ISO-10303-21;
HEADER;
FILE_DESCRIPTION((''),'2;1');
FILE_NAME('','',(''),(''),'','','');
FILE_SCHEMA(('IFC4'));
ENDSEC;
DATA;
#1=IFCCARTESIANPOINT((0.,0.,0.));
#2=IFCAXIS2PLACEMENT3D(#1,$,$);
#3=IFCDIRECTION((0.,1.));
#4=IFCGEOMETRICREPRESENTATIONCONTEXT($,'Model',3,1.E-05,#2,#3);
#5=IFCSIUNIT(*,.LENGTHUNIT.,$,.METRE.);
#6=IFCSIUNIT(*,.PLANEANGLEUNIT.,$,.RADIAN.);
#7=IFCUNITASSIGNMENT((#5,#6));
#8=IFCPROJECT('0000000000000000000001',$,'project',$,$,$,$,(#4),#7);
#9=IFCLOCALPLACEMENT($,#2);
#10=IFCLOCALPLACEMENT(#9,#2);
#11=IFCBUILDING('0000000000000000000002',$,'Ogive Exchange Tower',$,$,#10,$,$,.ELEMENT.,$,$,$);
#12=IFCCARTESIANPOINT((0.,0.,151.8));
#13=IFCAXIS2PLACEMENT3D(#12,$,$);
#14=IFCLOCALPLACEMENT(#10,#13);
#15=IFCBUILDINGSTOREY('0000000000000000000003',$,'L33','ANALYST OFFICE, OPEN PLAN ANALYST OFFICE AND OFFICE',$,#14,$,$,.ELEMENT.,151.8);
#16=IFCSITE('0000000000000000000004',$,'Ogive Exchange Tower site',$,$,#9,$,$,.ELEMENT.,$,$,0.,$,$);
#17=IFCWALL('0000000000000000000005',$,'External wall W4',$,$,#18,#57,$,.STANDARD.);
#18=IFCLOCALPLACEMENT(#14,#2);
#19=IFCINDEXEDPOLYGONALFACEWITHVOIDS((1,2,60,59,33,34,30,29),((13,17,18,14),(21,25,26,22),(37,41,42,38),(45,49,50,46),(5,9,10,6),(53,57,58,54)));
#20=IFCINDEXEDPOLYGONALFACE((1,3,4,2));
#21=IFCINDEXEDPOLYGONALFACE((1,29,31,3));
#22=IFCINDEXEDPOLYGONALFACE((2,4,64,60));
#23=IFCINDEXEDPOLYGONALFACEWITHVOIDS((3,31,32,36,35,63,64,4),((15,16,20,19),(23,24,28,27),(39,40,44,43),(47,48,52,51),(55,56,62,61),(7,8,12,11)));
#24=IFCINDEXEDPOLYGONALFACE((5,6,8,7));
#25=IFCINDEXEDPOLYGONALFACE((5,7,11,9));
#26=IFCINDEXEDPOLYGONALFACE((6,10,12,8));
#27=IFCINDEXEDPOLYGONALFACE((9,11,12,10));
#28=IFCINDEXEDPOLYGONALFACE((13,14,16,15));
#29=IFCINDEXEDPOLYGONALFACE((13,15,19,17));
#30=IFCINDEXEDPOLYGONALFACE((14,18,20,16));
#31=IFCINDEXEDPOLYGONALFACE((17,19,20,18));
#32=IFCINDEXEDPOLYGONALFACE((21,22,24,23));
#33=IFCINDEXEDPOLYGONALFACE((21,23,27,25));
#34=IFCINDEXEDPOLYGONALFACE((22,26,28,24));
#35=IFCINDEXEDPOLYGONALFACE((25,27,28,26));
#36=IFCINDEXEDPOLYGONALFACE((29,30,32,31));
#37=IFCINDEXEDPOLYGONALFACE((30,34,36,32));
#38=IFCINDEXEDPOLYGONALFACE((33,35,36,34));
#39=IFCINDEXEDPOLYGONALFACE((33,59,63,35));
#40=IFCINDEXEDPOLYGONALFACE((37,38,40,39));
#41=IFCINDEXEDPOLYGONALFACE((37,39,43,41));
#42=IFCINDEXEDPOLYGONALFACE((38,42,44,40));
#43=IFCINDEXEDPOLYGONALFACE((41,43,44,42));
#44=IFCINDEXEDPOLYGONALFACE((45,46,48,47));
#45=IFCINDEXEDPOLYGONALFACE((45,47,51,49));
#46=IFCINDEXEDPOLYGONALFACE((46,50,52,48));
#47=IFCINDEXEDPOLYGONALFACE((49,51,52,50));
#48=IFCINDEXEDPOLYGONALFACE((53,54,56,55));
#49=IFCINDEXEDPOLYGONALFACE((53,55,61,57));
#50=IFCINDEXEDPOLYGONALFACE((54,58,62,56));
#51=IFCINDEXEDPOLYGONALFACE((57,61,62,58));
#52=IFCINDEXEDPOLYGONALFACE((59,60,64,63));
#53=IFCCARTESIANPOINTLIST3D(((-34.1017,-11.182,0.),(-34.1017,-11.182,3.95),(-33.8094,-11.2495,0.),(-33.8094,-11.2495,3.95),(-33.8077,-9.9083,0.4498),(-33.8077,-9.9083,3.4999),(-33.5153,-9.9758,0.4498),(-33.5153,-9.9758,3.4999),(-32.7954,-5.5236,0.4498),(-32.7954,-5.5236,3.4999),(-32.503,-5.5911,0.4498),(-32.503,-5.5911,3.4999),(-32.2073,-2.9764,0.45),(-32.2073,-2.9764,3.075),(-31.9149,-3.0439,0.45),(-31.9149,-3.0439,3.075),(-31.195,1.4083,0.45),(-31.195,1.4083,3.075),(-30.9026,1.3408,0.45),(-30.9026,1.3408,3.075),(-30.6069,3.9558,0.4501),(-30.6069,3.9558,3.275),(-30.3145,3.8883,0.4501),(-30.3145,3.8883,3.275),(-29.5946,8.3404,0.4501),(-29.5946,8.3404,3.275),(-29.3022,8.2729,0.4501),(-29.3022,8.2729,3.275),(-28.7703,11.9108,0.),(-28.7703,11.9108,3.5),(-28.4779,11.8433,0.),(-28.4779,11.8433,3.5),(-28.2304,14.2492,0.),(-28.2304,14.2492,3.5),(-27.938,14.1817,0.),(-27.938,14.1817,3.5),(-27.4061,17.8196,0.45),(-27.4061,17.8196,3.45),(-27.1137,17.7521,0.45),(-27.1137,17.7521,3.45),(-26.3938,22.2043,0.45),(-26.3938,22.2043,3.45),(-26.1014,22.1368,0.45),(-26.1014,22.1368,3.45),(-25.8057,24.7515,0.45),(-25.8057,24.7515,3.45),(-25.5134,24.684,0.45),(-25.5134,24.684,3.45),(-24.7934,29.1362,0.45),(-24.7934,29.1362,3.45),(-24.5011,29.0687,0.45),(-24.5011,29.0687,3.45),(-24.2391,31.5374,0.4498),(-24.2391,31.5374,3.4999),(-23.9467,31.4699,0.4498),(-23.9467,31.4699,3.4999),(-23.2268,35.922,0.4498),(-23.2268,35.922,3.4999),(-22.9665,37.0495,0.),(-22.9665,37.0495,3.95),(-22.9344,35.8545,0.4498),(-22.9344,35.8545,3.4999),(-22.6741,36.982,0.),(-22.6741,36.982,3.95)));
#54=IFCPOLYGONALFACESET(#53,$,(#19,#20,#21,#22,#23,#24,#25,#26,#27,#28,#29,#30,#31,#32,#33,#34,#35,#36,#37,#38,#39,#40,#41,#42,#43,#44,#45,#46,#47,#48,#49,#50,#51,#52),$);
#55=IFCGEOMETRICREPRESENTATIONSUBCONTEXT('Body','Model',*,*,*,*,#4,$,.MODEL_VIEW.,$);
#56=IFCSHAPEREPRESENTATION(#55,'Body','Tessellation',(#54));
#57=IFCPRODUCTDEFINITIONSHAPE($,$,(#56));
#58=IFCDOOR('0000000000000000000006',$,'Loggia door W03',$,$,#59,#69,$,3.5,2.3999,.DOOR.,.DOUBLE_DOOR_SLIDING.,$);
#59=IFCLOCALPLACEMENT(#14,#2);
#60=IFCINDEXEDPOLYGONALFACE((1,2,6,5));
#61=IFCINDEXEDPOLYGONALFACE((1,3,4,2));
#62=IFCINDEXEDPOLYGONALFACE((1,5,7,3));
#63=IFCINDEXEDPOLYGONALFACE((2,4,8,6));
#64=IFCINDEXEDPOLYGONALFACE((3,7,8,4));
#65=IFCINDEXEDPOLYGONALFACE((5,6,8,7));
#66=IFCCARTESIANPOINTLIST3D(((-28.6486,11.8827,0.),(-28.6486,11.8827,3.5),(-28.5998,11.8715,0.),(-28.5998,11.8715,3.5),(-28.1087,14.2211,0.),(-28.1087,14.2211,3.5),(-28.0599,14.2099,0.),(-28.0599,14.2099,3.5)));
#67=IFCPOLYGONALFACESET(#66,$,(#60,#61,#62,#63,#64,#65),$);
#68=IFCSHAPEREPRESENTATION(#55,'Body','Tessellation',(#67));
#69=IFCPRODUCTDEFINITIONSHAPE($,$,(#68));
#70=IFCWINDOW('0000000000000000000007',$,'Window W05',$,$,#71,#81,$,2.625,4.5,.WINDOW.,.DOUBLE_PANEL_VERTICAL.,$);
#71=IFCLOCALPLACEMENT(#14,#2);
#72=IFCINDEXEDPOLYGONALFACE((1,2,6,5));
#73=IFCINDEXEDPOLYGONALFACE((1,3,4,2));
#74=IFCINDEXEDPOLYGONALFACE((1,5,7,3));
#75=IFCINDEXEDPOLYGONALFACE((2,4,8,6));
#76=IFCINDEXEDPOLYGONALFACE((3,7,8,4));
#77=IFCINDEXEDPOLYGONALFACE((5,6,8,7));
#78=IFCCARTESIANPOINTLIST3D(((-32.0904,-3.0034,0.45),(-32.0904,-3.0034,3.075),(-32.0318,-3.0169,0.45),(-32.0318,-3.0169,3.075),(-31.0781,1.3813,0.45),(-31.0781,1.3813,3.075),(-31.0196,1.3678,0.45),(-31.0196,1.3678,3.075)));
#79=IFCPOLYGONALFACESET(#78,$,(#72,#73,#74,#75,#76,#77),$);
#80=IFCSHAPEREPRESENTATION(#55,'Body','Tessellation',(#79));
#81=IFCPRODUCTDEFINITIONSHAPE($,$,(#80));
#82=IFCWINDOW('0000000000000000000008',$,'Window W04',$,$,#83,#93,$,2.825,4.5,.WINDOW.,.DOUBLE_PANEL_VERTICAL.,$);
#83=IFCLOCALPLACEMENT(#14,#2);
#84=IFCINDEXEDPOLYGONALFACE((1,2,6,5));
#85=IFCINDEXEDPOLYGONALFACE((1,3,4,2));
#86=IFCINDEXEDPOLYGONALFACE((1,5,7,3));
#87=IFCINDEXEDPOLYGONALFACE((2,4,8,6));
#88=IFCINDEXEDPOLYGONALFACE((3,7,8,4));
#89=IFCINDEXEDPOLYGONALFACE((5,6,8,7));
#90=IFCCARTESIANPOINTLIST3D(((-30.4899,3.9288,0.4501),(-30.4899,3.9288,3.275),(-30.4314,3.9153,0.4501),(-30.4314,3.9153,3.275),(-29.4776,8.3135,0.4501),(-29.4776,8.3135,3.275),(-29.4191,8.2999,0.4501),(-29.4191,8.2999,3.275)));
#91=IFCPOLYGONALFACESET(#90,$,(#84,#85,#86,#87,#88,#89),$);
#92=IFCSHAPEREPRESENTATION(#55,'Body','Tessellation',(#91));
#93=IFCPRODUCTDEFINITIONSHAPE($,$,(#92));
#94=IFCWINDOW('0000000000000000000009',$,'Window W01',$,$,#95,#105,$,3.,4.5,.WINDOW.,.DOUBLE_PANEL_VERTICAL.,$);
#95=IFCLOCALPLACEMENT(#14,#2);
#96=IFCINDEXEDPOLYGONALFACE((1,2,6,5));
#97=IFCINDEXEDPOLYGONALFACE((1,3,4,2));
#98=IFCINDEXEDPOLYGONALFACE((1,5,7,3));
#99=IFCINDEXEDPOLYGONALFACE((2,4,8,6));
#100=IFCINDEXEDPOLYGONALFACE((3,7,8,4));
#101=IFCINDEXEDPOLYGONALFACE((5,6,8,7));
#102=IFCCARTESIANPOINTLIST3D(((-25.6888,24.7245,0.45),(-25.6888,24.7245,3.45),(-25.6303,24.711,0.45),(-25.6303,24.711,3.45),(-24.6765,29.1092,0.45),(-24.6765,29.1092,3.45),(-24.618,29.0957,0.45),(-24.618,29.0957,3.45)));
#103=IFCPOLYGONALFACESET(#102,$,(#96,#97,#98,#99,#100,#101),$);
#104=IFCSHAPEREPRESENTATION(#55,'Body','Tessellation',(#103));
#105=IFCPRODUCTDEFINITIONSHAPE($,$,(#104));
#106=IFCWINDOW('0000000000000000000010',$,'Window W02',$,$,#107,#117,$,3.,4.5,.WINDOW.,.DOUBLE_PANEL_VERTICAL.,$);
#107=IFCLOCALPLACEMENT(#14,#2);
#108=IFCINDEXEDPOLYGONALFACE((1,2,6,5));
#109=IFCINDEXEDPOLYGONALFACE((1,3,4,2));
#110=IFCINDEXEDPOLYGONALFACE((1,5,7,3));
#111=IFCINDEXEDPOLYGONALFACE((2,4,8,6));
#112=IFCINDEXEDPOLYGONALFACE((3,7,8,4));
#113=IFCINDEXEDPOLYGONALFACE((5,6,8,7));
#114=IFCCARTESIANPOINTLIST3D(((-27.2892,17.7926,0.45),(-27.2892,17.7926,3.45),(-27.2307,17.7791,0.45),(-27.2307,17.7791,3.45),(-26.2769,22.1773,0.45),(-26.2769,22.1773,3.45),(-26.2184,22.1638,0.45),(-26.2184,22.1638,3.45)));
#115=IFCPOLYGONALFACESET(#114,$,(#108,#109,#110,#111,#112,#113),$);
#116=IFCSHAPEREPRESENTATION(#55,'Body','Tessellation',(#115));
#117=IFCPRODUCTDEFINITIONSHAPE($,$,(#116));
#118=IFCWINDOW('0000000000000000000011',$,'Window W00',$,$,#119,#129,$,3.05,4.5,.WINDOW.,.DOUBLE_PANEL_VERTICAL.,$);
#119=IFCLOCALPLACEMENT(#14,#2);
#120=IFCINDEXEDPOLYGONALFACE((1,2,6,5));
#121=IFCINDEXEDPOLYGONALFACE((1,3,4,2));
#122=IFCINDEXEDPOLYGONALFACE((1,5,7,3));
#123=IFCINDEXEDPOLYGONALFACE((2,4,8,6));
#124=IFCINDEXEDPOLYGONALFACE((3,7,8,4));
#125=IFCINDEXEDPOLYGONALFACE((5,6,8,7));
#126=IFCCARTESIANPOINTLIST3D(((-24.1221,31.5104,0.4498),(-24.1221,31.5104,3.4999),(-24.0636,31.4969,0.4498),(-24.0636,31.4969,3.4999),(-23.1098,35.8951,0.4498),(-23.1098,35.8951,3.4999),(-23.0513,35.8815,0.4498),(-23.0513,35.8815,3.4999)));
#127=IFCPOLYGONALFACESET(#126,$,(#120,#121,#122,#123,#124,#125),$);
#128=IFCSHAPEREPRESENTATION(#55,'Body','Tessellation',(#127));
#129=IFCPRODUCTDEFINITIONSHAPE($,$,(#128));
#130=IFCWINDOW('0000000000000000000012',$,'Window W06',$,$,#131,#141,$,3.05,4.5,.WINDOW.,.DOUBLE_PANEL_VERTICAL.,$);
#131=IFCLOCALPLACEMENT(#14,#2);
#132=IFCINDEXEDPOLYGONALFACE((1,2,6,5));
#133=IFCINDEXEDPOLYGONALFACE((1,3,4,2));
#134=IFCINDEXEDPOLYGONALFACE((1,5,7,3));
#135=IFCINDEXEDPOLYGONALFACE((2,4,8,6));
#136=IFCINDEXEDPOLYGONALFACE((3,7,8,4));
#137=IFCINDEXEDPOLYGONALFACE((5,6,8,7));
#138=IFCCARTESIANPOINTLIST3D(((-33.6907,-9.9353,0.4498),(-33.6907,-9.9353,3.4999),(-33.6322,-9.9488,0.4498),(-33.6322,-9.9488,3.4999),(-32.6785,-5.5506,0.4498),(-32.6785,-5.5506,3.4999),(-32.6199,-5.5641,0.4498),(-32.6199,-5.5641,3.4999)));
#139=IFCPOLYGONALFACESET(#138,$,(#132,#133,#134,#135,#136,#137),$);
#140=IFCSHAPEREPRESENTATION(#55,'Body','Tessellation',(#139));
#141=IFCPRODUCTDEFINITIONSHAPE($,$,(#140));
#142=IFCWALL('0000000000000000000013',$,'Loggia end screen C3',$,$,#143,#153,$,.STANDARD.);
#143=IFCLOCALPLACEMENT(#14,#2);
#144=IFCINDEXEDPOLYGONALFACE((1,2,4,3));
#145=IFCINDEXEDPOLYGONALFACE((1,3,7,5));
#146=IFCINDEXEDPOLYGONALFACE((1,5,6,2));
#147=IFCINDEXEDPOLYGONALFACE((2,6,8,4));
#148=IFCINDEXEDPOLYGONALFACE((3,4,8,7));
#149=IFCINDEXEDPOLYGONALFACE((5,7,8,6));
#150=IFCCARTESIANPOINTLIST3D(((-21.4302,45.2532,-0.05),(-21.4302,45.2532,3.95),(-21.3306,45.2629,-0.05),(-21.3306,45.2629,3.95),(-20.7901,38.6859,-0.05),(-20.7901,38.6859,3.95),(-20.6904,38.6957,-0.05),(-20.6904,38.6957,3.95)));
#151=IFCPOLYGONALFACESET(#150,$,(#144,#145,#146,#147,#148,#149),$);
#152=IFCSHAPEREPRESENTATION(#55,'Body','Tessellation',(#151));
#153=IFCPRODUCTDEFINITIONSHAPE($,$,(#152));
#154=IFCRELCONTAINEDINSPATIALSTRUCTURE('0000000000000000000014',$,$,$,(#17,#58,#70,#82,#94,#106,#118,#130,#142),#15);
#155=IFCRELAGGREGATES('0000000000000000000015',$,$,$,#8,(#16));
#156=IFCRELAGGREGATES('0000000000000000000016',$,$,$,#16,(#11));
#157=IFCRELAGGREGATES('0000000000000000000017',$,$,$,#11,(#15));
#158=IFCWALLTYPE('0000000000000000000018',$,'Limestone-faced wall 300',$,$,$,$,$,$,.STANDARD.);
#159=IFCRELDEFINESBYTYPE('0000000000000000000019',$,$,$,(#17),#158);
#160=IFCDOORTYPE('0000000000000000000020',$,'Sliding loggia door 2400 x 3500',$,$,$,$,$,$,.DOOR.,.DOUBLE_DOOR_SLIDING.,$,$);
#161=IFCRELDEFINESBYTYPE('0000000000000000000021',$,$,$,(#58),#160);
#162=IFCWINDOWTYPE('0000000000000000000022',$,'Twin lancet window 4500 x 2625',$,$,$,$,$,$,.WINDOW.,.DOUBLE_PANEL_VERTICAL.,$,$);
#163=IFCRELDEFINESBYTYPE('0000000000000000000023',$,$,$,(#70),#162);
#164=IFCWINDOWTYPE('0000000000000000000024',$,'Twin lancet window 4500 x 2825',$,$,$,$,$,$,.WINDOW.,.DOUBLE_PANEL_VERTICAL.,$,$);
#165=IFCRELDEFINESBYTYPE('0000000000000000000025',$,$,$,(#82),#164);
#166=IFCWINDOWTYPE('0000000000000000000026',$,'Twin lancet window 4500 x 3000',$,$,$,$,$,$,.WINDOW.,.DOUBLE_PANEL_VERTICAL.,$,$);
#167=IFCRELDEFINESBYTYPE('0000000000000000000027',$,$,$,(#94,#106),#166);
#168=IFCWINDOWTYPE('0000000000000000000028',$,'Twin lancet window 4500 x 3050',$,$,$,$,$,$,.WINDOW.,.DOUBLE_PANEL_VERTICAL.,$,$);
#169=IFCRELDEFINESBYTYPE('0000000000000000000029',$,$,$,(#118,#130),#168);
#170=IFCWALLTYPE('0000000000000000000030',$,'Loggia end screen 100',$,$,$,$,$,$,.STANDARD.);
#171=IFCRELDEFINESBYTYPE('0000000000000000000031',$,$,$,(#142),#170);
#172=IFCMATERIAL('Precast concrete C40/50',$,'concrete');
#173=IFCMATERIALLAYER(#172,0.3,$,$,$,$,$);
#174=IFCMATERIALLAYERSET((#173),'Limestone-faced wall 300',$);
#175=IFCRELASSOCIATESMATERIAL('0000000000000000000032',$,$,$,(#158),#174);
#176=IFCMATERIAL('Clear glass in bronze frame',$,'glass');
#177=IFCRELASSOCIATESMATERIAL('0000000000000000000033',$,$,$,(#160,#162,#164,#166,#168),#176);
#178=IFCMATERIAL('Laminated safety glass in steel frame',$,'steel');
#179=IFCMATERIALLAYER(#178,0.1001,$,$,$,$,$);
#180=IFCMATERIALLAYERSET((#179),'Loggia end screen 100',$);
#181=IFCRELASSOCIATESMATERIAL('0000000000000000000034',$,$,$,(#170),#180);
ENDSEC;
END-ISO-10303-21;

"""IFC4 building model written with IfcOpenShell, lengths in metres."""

from ifc_helpers import new_model, si_unit, direction, frame, frame_2d, origin, place, context, subcontext, project, spatial, rectangle, extrude, material, layer, layer_set, type_object, element, fill, save


model = new_model("IFC4")

# Units and contexts
model_context = context("Model", 3, precision=1e-05, world=origin(), true_north=direction((0.0, 1.0)))
body_context = subcontext(model_context, "Body", "Model", "MODEL_VIEW")
ifc_project = project(units=[si_unit("LENGTHUNIT", "METRE"), si_unit("PLANEANGLEUNIT", "RADIAN")], contexts=[model_context])

# Site, building, storey
site_placement = place(None, origin())
site = spatial("IfcSite", under=ifc_project, at=site_placement, Name="Ogive Exchange Tower site", CompositionType="ELEMENT", RefElevation=0.0)
building_placement = place(site_placement, origin())
building = spatial("IfcBuilding", under=site, at=building_placement, Name="Ogive Exchange Tower", CompositionType="ELEMENT")
storey_placement = place(building_placement, frame((0.0, 0.0, 151.8)))
storey = spatial("IfcBuildingStorey", under=building, at=storey_placement, Name="L33", Description="ANALYST OFFICE, OPEN PLAN ANALYST OFFICE AND OFFICE", CompositionType="ELEMENT", Elevation=151.8)

# Wall, openings, door, windows
ifc_material_1 = material(Name="Precast concrete C40/50", Category="concrete")
ifc_layer_1 = layer(ifc_material_1, 0.3)
ifc_layer_set_1 = layer_set([ifc_layer_1], Name="Limestone-faced wall 300")
wall_type_1 = type_object("IfcWallType", Name="Limestone-faced wall 300", PredefinedType="STANDARD", material=ifc_layer_set_1)
wall_1_placement = place(storey_placement, frame((-22.8203, 37.0156, 0.0), z_axis=(0.0, 0.0, 1.0), x_axis=(-0.224954, -0.974369, 0.0)))
wall_1 = element("IfcWall", 1, at=wall_1_placement, inside=storey, type_object=wall_type_1, Name="External wall W4", PredefinedType="STANDARD", context=body_context, shape_type="SweptSolid", body=[
    extrude(rectangle(XDim=49.5002, YDim=0.3, at=frame_2d((24.75, 0.0))), origin(), (0.0, 0.0, 1.0), 3.95),
])
opening_1_placement = place(wall_1_placement, frame((1.157, 0.0, 0.45)))
opening_1 = element("IfcOpeningElement", 2, at=opening_1_placement, cuts=wall_1, PredefinedType="OPENING", context=body_context, shape_type="SweptSolid", body=[
    extrude(rectangle(XDim=4.5, YDim=3.05, at=frame_2d((2.25, 1.5249))), frame((0.0, 0.1599, 0.0), z_axis=(0.0, -1.0, 0.0), x_axis=(1.0, 0.0, 0.0)), (0.0, 0.0, 1.0), 0.3201),
])
opening_2_placement = place(wall_1_placement, frame((8.1213, 0.0, 0.45)))
opening_2 = element("IfcOpeningElement", 3, at=opening_2_placement, cuts=wall_1, PredefinedType="OPENING", context=body_context, shape_type="SweptSolid", body=[
    extrude(rectangle(XDim=4.5, YDim=3.0, at=frame_2d((2.25, 1.5))), frame((0.0, 0.1599, 0.0), z_axis=(0.0, -1.0, 0.0), x_axis=(1.0, 0.0, 0.0)), (0.0, 0.0, 1.0), 0.3201),
])
opening_3_placement = place(wall_1_placement, frame((15.2356, 0.0, 0.45)))
opening_3 = element("IfcOpeningElement", 4, at=opening_3_placement, cuts=wall_1, PredefinedType="OPENING", context=body_context, shape_type="SweptSolid", body=[
    extrude(rectangle(XDim=4.5, YDim=3.0, at=frame_2d((2.25, 1.5))), frame((0.0, 0.1599, 0.0), z_axis=(0.0, -1.0, 0.0), x_axis=(1.0, 0.0, 0.0)), (0.0, 0.0, 1.0), 0.3201),
])
opening_4_placement = place(wall_1_placement, frame((23.3999, 0.0, 0.0)))
opening_4 = element("IfcOpeningElement", 5, at=opening_4_placement, cuts=wall_1, PredefinedType="OPENING", context=body_context, shape_type="SweptSolid", body=[
    extrude(rectangle(XDim=2.3999, YDim=3.5, at=frame_2d((1.2, 1.75))), frame((0.0, 0.1599, 0.0), z_axis=(0.0, -1.0, 0.0), x_axis=(1.0, 0.0, 0.0)), (0.0, 0.0, 1.0), 0.3201),
])
opening_5_placement = place(wall_1_placement, frame((29.4641, 0.0, 0.45)))
opening_5 = element("IfcOpeningElement", 6, at=opening_5_placement, cuts=wall_1, PredefinedType="OPENING", context=body_context, shape_type="SweptSolid", body=[
    extrude(rectangle(XDim=4.5, YDim=2.825, at=frame_2d((2.25, 1.4126))), frame((0.0, 0.1599, 0.0), z_axis=(0.0, -1.0, 0.0), x_axis=(1.0, 0.0, 0.0)), (0.0, 0.0, 1.0), 0.3201),
])
opening_6_placement = place(wall_1_placement, frame((36.5786, 0.0, 0.45)))
opening_6 = element("IfcOpeningElement", 7, at=opening_6_placement, cuts=wall_1, PredefinedType="OPENING", context=body_context, shape_type="SweptSolid", body=[
    extrude(rectangle(XDim=4.5, YDim=2.625, at=frame_2d((2.25, 1.3125))), frame((0.0, 0.1599, 0.0), z_axis=(0.0, -1.0, 0.0), x_axis=(1.0, 0.0, 0.0)), (0.0, 0.0, 1.0), 0.3201),
])
opening_7_placement = place(wall_1_placement, frame((43.6929, 0.0, 0.45)))
opening_7 = element("IfcOpeningElement", 8, at=opening_7_placement, cuts=wall_1, PredefinedType="OPENING", context=body_context, shape_type="SweptSolid", body=[
    extrude(rectangle(XDim=4.5, YDim=3.05, at=frame_2d((2.25, 1.5249))), frame((0.0, 0.1599, 0.0), z_axis=(0.0, -1.0, 0.0), x_axis=(1.0, 0.0, 0.0)), (0.0, 0.0, 1.0), 0.3201),
])
ifc_material_2 = material(Name="Clear glass in bronze frame", Category="glass")
door_type_1 = type_object("IfcDoorType", Name="Sliding loggia door 2400 x 3500", OperationType="DOUBLE_DOOR_SLIDING", PredefinedType="DOOR", material=ifc_material_2)
door_1_placement = place(opening_4_placement, origin())
door_1 = element("IfcDoor", 9, at=door_1_placement, inside=storey, type_object=door_type_1, Name="Loggia door W03", OperationType="DOUBLE_DOOR_SLIDING", OverallHeight=3.5, OverallWidth=2.3999, PredefinedType="DOOR", context=body_context, shape_type="SweptSolid", body=[
    extrude(rectangle(XDim=2.3999, YDim=3.5, at=frame_2d((1.2, 1.75))), frame((0.0, 0.0249, 0.0), z_axis=(0.0, -1.0, 0.0), x_axis=(1.0, 0.0, 0.0)), (0.0, 0.0, 1.0), 0.05),
])
fill(opening_4, door_1)
window_type_1 = type_object("IfcWindowType", Name="Twin lancet window 4500 x 2625", PartitioningType="DOUBLE_PANEL_VERTICAL", PredefinedType="WINDOW", material=ifc_material_2)
window_1_placement = place(opening_6_placement, origin())
window_1 = element("IfcWindow", 10, at=window_1_placement, inside=storey, type_object=window_type_1, Name="Window W05", OverallHeight=2.625, OverallWidth=4.5, PartitioningType="DOUBLE_PANEL_VERTICAL", PredefinedType="WINDOW", context=body_context, shape_type="SweptSolid", body=[
    extrude(rectangle(XDim=4.5, YDim=2.625, at=frame_2d((2.25, 1.3125))), frame((0.0, 0.03, 0.0), z_axis=(0.0, -1.0, 0.0), x_axis=(1.0, 0.0, 0.0)), (0.0, 0.0, 1.0), 0.0601),
])
fill(opening_6, window_1)
window_type_2 = type_object("IfcWindowType", Name="Twin lancet window 4500 x 2825", PartitioningType="DOUBLE_PANEL_VERTICAL", PredefinedType="WINDOW", material=ifc_material_2)
window_2_placement = place(opening_5_placement, origin())
window_2 = element("IfcWindow", 11, at=window_2_placement, inside=storey, type_object=window_type_2, Name="Window W04", OverallHeight=2.825, OverallWidth=4.5, PartitioningType="DOUBLE_PANEL_VERTICAL", PredefinedType="WINDOW", context=body_context, shape_type="SweptSolid", body=[
    extrude(rectangle(XDim=4.5, YDim=2.825, at=frame_2d((2.25, 1.4126))), frame((0.0, 0.03, 0.0), z_axis=(0.0, -1.0, 0.0), x_axis=(1.0, 0.0, 0.0)), (0.0, 0.0, 1.0), 0.0601),
])
fill(opening_5, window_2)
window_type_3 = type_object("IfcWindowType", Name="Twin lancet window 4500 x 3000", PartitioningType="DOUBLE_PANEL_VERTICAL", PredefinedType="WINDOW", material=ifc_material_2)
window_3_placement = place(opening_2_placement, origin())
window_3 = element("IfcWindow", 12, at=window_3_placement, inside=storey, type_object=window_type_3, Name="Window W01", OverallHeight=3.0, OverallWidth=4.5, PartitioningType="DOUBLE_PANEL_VERTICAL", PredefinedType="WINDOW", context=body_context, shape_type="SweptSolid", body=[
    extrude(rectangle(XDim=4.5, YDim=3.0, at=frame_2d((2.25, 1.5))), frame((0.0, 0.03, 0.0), z_axis=(0.0, -1.0, 0.0), x_axis=(1.0, 0.0, 0.0)), (0.0, 0.0, 1.0), 0.0601),
])
fill(opening_2, window_3)
window_4_placement = place(opening_3_placement, origin())
window_4 = element("IfcWindow", 13, at=window_4_placement, inside=storey, type_object=window_type_3, Name="Window W02", OverallHeight=3.0, OverallWidth=4.5, PartitioningType="DOUBLE_PANEL_VERTICAL", PredefinedType="WINDOW", context=body_context, shape_type="SweptSolid", body=[
    extrude(rectangle(XDim=4.5, YDim=3.0, at=frame_2d((2.25, 1.5))), frame((0.0, 0.03, 0.0), z_axis=(0.0, -1.0, 0.0), x_axis=(1.0, 0.0, 0.0)), (0.0, 0.0, 1.0), 0.0601),
])
fill(opening_3, window_4)
window_type_4 = type_object("IfcWindowType", Name="Twin lancet window 4500 x 3050", PartitioningType="DOUBLE_PANEL_VERTICAL", PredefinedType="WINDOW", material=ifc_material_2)
window_5_placement = place(opening_1_placement, origin())
window_5 = element("IfcWindow", 14, at=window_5_placement, inside=storey, type_object=window_type_4, Name="Window W00", OverallHeight=3.05, OverallWidth=4.5, PartitioningType="DOUBLE_PANEL_VERTICAL", PredefinedType="WINDOW", context=body_context, shape_type="SweptSolid", body=[
    extrude(rectangle(XDim=4.5, YDim=3.05, at=frame_2d((2.25, 1.5249))), frame((0.0, 0.03, 0.0), z_axis=(0.0, -1.0, 0.0), x_axis=(1.0, 0.0, 0.0)), (0.0, 0.0, 1.0), 0.0601),
])
fill(opening_1, window_5)
window_6_placement = place(opening_7_placement, origin())
window_6 = element("IfcWindow", 15, at=window_6_placement, inside=storey, type_object=window_type_4, Name="Window W06", OverallHeight=3.05, OverallWidth=4.5, PartitioningType="DOUBLE_PANEL_VERTICAL", PredefinedType="WINDOW", context=body_context, shape_type="SweptSolid", body=[
    extrude(rectangle(XDim=4.5, YDim=3.05, at=frame_2d((2.25, 1.5249))), frame((0.0, 0.03, 0.0), z_axis=(0.0, -1.0, 0.0), x_axis=(1.0, 0.0, 0.0)), (0.0, 0.0, 1.0), 0.0601),
])
fill(opening_7, window_6)

# Wall
ifc_material_3 = material(Name="Laminated safety glass in steel frame", Category="steel")
ifc_layer_2 = layer(ifc_material_3, 0.1001)
ifc_layer_set_2 = layer_set([ifc_layer_2], Name="Loggia end screen 100")
wall_type_2 = type_object("IfcWallType", Name="Loggia end screen 100", PredefinedType="STANDARD", material=ifc_layer_set_2)
wall_2_placement = place(storey_placement, frame((-20.7402, 38.6907, -0.05), z_axis=(0.0, 0.0, 1.0), x_axis=(-0.097012, 0.995283, 0.0)))
element("IfcWall", 16, at=wall_2_placement, inside=storey, type_object=wall_type_2, Name="Loggia end screen C3", PredefinedType="STANDARD", context=body_context, shape_type="SweptSolid", body=[
    extrude(rectangle(XDim=6.5984, YDim=0.1001, at=frame_2d((3.2993, 0.0))), origin(), (0.0, 0.0, 1.0), 4.0),
])

save(model, "model.ifc")
